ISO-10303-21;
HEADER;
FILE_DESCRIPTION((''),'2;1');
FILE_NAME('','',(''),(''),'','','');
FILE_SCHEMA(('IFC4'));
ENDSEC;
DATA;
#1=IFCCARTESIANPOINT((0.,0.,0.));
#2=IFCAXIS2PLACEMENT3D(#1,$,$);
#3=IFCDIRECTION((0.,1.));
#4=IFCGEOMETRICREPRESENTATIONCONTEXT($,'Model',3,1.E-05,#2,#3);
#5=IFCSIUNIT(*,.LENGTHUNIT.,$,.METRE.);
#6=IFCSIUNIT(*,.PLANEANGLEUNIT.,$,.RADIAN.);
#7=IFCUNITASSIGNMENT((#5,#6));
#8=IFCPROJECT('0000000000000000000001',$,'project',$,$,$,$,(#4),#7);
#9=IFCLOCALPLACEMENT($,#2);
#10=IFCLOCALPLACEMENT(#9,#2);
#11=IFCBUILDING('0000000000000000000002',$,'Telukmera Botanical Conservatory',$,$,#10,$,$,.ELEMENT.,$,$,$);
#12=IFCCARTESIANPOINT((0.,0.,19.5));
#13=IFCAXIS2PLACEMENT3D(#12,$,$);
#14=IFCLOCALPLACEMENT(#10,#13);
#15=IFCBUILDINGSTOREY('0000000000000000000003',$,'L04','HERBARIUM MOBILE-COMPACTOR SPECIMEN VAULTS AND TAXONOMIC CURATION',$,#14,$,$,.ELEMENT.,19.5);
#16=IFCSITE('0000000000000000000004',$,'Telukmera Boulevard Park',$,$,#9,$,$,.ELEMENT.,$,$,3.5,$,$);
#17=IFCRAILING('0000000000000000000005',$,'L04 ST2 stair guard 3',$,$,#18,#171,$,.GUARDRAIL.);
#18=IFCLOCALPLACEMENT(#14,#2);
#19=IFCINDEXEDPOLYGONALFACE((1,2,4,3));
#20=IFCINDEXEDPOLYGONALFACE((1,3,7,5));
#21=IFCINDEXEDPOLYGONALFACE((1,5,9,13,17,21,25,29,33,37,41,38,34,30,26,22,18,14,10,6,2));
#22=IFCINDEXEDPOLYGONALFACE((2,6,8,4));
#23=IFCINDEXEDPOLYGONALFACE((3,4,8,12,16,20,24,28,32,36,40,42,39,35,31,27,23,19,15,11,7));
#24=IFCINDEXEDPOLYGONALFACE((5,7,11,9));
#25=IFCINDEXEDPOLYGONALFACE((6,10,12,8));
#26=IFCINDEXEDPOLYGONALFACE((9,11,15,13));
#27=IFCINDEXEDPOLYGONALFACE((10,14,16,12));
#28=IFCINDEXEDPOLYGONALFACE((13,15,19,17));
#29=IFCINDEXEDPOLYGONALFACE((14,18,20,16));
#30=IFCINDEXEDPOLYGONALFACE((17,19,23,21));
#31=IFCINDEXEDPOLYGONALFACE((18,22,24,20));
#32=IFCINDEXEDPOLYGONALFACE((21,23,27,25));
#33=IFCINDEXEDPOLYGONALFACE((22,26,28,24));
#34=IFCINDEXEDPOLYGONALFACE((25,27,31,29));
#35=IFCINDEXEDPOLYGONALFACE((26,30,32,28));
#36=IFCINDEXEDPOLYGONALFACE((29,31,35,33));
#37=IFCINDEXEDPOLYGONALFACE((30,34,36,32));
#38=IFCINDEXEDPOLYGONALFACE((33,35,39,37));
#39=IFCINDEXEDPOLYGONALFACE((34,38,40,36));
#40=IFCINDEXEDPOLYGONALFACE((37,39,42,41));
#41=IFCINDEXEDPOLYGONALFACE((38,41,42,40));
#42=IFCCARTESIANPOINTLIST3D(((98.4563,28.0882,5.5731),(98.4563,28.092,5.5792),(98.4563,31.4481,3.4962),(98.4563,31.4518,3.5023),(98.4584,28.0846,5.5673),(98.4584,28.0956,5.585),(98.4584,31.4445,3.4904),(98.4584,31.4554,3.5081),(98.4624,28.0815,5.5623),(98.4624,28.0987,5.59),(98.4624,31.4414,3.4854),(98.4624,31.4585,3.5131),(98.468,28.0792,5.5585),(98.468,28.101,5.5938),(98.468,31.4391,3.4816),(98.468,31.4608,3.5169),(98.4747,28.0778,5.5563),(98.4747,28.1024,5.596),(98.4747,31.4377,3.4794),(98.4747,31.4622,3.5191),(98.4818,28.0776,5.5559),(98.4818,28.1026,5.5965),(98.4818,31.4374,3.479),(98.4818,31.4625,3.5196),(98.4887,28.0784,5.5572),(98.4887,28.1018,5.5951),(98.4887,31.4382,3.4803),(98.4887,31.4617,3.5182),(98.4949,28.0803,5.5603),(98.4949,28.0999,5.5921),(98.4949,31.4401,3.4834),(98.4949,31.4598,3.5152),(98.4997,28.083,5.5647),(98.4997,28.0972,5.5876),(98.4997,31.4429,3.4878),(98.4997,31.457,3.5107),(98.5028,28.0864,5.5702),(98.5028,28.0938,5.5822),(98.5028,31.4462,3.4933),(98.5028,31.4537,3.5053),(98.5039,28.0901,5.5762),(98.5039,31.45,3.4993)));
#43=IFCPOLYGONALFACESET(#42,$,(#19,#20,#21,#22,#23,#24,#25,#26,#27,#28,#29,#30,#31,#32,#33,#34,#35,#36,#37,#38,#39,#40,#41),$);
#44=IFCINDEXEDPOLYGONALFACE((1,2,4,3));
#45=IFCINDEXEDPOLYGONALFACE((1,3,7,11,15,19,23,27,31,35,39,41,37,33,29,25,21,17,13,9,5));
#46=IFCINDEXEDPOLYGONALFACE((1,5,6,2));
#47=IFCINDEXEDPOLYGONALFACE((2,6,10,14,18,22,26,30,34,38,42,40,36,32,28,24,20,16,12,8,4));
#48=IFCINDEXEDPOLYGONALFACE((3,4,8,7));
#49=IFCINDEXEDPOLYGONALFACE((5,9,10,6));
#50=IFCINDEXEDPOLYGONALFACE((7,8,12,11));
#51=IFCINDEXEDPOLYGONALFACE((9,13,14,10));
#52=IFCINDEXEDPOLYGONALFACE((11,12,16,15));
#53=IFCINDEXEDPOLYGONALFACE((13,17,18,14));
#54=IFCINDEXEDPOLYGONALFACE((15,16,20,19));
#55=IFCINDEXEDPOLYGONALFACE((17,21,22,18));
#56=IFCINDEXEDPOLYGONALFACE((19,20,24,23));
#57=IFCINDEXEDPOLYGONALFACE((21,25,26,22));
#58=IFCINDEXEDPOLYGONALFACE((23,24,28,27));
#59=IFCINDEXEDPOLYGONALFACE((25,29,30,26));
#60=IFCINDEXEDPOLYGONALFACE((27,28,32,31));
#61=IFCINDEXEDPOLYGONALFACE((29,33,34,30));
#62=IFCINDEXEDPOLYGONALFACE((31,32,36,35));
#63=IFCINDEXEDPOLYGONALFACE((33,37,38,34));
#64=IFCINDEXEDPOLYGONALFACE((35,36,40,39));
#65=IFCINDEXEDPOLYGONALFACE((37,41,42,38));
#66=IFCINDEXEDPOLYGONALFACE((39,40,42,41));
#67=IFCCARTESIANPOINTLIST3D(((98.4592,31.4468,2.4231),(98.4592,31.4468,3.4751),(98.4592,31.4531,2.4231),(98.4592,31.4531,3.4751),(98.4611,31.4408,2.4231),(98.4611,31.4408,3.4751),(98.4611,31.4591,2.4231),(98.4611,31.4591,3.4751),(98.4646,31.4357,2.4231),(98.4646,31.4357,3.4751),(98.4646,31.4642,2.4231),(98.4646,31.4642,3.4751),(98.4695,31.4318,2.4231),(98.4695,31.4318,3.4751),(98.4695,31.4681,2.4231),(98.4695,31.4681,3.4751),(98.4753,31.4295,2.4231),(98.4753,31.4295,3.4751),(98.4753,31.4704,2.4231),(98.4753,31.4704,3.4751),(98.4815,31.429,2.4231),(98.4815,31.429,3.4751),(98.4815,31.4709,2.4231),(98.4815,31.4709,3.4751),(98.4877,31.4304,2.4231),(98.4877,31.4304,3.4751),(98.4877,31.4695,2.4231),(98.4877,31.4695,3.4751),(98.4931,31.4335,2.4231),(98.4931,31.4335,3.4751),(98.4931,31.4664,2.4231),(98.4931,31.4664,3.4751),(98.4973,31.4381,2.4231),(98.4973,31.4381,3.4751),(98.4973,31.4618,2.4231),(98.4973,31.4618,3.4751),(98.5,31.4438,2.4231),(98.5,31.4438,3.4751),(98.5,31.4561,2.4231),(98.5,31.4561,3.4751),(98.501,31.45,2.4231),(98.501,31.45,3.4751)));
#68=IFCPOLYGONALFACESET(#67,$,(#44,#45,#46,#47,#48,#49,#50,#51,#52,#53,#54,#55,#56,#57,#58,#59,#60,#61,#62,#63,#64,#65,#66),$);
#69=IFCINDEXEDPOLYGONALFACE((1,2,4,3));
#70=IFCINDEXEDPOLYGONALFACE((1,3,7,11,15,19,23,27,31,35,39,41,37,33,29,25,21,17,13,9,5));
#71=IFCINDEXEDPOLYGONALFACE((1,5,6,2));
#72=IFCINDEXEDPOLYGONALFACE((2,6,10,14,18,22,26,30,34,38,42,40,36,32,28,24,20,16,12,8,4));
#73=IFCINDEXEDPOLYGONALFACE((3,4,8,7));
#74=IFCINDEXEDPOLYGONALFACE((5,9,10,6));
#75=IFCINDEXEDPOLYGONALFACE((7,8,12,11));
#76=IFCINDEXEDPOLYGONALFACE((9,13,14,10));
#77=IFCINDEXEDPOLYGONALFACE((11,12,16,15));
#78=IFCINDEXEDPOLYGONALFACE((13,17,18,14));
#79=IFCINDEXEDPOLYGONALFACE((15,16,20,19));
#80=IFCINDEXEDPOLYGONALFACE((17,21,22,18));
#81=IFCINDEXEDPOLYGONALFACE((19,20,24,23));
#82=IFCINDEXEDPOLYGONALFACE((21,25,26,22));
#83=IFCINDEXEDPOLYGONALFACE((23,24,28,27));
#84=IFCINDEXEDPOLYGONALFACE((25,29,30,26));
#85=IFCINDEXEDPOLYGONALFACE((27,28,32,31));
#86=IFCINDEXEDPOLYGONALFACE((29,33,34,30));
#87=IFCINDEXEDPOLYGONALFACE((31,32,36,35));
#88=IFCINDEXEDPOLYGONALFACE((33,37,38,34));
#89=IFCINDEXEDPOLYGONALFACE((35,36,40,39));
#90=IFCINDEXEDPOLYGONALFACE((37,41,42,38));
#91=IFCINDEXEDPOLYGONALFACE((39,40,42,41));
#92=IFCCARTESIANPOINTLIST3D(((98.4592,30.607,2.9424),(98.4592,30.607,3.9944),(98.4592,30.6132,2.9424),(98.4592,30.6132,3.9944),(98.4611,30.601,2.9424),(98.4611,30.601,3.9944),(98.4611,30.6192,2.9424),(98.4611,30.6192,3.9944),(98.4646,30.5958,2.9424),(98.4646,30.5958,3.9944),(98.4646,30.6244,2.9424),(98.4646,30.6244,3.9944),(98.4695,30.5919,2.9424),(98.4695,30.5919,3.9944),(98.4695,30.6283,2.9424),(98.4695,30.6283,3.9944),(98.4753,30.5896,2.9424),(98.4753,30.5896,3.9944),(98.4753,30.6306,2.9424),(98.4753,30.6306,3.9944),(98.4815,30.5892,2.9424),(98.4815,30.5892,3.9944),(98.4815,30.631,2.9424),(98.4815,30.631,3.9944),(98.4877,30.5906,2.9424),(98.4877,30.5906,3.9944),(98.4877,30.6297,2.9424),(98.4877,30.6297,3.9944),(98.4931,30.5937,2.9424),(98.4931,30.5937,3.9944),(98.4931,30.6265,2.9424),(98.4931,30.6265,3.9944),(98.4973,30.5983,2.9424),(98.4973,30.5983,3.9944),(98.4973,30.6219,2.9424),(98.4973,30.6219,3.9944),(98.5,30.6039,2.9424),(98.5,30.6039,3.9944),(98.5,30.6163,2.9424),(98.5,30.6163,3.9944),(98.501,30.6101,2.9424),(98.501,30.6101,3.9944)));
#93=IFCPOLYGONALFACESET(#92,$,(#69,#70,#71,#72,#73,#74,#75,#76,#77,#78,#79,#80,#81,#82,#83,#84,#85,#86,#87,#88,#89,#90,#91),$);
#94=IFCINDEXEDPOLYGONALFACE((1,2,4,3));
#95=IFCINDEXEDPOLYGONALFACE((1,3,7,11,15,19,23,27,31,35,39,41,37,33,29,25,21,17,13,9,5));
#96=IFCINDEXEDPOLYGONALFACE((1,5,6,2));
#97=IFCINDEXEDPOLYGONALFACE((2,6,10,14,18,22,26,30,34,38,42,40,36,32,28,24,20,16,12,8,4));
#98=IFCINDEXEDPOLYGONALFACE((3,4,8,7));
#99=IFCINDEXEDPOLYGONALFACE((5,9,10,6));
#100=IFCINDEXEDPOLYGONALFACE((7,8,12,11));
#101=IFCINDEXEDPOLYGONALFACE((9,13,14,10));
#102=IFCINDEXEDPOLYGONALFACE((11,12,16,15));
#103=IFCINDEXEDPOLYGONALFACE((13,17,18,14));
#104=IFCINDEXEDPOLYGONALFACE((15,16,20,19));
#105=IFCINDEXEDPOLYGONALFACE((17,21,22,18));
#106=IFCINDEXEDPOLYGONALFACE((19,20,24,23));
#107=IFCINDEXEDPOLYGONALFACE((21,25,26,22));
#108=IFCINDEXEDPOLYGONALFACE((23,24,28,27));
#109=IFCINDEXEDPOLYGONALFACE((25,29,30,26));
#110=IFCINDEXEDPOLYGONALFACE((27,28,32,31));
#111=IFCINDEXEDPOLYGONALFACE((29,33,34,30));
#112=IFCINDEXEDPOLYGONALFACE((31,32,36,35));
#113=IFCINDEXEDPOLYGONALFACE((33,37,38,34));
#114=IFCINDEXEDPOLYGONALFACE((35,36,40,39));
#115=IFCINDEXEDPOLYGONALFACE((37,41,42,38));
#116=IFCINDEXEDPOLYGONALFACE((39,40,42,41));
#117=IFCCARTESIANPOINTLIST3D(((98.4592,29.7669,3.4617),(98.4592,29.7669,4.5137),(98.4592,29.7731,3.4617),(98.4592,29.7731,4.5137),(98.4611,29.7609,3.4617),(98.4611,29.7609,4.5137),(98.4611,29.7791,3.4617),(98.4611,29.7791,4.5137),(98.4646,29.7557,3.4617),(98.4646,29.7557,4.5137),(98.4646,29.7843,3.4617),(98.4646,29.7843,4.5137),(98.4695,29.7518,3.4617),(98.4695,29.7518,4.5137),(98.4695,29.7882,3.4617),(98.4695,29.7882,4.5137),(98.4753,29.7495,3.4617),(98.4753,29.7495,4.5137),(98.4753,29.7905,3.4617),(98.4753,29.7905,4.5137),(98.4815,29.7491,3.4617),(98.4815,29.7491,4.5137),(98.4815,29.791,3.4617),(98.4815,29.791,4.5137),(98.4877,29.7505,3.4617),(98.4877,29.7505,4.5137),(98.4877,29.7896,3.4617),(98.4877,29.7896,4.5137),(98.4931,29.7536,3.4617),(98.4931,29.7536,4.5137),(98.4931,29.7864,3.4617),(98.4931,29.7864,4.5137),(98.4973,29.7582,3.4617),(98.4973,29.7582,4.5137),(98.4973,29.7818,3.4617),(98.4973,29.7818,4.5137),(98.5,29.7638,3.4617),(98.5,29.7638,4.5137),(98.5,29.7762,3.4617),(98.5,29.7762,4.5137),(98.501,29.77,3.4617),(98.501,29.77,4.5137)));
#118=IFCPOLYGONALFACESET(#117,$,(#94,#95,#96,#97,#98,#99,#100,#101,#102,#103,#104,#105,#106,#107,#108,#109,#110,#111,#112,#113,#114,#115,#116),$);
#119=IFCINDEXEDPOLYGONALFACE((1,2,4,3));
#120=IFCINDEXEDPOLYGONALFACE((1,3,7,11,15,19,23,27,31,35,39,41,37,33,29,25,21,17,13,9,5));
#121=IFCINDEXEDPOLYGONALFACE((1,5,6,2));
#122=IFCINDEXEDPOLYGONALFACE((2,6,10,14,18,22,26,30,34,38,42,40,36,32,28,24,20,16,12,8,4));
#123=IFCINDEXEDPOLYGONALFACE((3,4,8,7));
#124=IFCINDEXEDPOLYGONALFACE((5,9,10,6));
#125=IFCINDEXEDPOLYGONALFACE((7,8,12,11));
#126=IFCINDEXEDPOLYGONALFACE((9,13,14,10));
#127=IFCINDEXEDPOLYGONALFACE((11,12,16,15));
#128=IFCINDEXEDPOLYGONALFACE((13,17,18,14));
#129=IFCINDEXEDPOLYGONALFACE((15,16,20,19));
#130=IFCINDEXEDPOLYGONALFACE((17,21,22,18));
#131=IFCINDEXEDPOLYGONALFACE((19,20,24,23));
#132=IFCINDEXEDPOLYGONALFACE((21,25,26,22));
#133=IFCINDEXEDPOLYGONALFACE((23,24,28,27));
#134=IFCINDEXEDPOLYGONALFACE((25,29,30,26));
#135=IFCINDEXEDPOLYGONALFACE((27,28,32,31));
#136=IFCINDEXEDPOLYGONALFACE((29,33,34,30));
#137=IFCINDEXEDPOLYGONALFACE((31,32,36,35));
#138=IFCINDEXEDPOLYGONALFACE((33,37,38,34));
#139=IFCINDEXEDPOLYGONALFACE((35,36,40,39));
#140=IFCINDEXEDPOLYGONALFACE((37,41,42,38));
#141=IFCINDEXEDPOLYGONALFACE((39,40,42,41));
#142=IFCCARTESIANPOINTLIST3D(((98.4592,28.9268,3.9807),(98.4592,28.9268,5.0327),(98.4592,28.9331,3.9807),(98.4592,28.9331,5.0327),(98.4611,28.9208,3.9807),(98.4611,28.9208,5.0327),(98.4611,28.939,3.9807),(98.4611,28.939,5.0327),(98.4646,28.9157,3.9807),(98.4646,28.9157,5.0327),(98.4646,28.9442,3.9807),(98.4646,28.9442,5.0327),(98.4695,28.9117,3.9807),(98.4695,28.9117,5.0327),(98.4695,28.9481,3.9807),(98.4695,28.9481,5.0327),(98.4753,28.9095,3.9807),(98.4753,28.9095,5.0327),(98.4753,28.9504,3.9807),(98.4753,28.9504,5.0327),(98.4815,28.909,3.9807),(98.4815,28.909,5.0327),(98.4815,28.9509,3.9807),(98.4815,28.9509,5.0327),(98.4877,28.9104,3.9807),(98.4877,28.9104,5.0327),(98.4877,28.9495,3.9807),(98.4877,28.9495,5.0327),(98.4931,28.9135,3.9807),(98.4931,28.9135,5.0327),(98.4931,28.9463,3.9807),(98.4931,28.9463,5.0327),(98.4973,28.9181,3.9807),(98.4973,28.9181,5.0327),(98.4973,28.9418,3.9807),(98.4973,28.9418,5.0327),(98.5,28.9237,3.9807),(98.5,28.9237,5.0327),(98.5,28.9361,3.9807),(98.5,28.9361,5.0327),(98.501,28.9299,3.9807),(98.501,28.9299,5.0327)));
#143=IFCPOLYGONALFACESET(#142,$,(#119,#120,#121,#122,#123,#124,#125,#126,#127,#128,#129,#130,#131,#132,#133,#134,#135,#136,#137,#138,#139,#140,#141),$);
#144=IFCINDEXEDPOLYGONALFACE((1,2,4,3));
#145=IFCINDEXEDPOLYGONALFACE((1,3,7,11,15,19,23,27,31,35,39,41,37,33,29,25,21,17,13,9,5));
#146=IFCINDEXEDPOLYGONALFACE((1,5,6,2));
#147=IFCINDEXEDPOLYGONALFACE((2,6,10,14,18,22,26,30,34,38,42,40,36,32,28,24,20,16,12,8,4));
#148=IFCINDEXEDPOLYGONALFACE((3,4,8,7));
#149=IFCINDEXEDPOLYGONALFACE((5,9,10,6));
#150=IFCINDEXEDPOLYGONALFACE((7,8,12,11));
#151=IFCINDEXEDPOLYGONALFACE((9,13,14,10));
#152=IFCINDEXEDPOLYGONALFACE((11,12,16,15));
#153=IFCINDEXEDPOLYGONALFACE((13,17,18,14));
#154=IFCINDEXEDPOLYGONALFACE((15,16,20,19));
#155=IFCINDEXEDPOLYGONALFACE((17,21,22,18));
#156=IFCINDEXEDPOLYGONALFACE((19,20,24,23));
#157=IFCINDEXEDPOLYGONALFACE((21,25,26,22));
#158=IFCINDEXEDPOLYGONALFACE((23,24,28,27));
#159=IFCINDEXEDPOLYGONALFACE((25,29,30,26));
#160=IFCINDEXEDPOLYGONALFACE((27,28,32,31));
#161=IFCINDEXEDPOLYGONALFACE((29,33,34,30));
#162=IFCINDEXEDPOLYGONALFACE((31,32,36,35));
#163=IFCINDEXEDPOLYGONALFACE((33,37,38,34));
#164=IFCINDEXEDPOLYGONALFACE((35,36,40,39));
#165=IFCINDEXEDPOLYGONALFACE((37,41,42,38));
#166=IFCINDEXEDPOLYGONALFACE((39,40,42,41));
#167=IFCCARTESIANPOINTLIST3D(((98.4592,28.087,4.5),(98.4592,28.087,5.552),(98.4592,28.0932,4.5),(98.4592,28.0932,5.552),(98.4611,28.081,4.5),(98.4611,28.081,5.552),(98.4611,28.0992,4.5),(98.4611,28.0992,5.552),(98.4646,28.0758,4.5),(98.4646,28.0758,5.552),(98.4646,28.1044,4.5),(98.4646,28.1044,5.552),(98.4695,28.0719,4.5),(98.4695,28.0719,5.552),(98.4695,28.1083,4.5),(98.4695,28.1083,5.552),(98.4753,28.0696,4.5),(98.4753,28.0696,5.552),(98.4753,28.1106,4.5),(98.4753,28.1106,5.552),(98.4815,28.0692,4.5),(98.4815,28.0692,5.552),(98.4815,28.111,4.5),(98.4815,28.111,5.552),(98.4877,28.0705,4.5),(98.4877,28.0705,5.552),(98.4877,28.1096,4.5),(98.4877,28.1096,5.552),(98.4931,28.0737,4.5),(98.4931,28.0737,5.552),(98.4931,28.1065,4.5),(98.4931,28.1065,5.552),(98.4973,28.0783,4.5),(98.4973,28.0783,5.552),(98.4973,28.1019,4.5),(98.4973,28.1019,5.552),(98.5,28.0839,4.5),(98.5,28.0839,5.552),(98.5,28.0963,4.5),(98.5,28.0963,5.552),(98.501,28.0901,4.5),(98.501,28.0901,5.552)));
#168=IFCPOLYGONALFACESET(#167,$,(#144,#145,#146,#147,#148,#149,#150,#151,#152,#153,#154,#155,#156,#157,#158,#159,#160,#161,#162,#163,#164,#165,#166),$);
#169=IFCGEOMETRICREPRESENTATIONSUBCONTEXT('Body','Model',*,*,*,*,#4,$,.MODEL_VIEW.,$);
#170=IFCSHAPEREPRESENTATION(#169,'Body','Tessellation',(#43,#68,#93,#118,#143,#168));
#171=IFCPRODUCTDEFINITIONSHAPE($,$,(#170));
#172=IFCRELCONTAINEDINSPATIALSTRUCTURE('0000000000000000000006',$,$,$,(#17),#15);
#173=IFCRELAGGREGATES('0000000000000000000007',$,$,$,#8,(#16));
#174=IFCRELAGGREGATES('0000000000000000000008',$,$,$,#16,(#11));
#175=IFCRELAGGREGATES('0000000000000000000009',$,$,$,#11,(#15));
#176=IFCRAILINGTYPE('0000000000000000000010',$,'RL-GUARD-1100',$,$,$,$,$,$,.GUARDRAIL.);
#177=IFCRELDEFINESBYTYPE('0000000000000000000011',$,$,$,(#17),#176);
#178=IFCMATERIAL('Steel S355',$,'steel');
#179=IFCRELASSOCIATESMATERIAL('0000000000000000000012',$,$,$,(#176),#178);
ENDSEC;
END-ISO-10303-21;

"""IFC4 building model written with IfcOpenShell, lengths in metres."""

from ifc_helpers import new_model, si_unit, direction, frame, origin, origin_2d, place, context, subcontext, project, spatial, circle, extrude, material, type_object, element, save


model = new_model("IFC4")

# Units and contexts
model_context = context("Model", 3, precision=1e-05, world=origin(), true_north=direction((0.0, 1.0)))
body_context = subcontext(model_context, "Body", "Model", "MODEL_VIEW")
ifc_project = project(units=[si_unit("LENGTHUNIT", "METRE"), si_unit("PLANEANGLEUNIT", "RADIAN")], contexts=[model_context])

# Site, building, storey
site_placement = place(None, origin())
site = spatial("IfcSite", under=ifc_project, at=site_placement, Name="Telukmera Boulevard Park", CompositionType="ELEMENT", RefElevation=3.5)
building_placement = place(site_placement, origin())
building = spatial("IfcBuilding", under=site, at=building_placement, Name="Telukmera Botanical Conservatory", CompositionType="ELEMENT")
storey_placement = place(building_placement, frame((0.0, 0.0, 19.5)))
storey = spatial("IfcBuildingStorey", under=building, at=storey_placement, Name="L04", Description="HERBARIUM MOBILE-COMPACTOR SPECIMEN VAULTS AND TAXONOMIC CURATION", CompositionType="ELEMENT", Elevation=19.5)

# Railing
ifc_material_1 = material(Name="Steel S355", Category="steel")
railing_type_1 = type_object("IfcRailingType", Name="RL-GUARD-1100", PredefinedType="GUARDRAIL", material=ifc_material_1)
railing_1_placement = place(storey_placement, frame((98.48, 31.45, 2.4231)))
element("IfcRailing", 1, at=railing_1_placement, inside=storey, type_object=railing_type_1, Name="L04 ST2 stair guard 3", PredefinedType="GUARDRAIL", context=body_context, shape_type="SweptSolid", body=[
    extrude(circle(Radius=0.0239, at=origin_2d()), frame((0.0, 0.0, 1.0762), z_axis=(0.0, -0.850606, 0.525803), x_axis=(1.0, 0.0, 0.0)), (0.0, 0.0, 1.0), 3.95),
    extrude(circle(Radius=0.021, at=origin_2d()), origin(), (0.0, 0.0, 1.0), 1.052),
    extrude(circle(Radius=0.021, at=origin_2d()), frame((0.0, -0.8398, 0.5193)), (0.0, 0.0, 1.0), 1.052),
    extrude(circle(Radius=0.021, at=origin_2d()), frame((0.0, -1.6799, 1.0386)), (0.0, 0.0, 1.0), 1.052),
    extrude(circle(Radius=0.021, at=origin_2d()), frame((0.0, -2.52, 1.5576)), (0.0, 0.0, 1.0), 1.052),
    extrude(circle(Radius=0.021, at=origin_2d()), frame((0.0, -3.3599, 2.0769)), (0.0, 0.0, 1.0), 1.052),
])

save(model, "model.ifc")
